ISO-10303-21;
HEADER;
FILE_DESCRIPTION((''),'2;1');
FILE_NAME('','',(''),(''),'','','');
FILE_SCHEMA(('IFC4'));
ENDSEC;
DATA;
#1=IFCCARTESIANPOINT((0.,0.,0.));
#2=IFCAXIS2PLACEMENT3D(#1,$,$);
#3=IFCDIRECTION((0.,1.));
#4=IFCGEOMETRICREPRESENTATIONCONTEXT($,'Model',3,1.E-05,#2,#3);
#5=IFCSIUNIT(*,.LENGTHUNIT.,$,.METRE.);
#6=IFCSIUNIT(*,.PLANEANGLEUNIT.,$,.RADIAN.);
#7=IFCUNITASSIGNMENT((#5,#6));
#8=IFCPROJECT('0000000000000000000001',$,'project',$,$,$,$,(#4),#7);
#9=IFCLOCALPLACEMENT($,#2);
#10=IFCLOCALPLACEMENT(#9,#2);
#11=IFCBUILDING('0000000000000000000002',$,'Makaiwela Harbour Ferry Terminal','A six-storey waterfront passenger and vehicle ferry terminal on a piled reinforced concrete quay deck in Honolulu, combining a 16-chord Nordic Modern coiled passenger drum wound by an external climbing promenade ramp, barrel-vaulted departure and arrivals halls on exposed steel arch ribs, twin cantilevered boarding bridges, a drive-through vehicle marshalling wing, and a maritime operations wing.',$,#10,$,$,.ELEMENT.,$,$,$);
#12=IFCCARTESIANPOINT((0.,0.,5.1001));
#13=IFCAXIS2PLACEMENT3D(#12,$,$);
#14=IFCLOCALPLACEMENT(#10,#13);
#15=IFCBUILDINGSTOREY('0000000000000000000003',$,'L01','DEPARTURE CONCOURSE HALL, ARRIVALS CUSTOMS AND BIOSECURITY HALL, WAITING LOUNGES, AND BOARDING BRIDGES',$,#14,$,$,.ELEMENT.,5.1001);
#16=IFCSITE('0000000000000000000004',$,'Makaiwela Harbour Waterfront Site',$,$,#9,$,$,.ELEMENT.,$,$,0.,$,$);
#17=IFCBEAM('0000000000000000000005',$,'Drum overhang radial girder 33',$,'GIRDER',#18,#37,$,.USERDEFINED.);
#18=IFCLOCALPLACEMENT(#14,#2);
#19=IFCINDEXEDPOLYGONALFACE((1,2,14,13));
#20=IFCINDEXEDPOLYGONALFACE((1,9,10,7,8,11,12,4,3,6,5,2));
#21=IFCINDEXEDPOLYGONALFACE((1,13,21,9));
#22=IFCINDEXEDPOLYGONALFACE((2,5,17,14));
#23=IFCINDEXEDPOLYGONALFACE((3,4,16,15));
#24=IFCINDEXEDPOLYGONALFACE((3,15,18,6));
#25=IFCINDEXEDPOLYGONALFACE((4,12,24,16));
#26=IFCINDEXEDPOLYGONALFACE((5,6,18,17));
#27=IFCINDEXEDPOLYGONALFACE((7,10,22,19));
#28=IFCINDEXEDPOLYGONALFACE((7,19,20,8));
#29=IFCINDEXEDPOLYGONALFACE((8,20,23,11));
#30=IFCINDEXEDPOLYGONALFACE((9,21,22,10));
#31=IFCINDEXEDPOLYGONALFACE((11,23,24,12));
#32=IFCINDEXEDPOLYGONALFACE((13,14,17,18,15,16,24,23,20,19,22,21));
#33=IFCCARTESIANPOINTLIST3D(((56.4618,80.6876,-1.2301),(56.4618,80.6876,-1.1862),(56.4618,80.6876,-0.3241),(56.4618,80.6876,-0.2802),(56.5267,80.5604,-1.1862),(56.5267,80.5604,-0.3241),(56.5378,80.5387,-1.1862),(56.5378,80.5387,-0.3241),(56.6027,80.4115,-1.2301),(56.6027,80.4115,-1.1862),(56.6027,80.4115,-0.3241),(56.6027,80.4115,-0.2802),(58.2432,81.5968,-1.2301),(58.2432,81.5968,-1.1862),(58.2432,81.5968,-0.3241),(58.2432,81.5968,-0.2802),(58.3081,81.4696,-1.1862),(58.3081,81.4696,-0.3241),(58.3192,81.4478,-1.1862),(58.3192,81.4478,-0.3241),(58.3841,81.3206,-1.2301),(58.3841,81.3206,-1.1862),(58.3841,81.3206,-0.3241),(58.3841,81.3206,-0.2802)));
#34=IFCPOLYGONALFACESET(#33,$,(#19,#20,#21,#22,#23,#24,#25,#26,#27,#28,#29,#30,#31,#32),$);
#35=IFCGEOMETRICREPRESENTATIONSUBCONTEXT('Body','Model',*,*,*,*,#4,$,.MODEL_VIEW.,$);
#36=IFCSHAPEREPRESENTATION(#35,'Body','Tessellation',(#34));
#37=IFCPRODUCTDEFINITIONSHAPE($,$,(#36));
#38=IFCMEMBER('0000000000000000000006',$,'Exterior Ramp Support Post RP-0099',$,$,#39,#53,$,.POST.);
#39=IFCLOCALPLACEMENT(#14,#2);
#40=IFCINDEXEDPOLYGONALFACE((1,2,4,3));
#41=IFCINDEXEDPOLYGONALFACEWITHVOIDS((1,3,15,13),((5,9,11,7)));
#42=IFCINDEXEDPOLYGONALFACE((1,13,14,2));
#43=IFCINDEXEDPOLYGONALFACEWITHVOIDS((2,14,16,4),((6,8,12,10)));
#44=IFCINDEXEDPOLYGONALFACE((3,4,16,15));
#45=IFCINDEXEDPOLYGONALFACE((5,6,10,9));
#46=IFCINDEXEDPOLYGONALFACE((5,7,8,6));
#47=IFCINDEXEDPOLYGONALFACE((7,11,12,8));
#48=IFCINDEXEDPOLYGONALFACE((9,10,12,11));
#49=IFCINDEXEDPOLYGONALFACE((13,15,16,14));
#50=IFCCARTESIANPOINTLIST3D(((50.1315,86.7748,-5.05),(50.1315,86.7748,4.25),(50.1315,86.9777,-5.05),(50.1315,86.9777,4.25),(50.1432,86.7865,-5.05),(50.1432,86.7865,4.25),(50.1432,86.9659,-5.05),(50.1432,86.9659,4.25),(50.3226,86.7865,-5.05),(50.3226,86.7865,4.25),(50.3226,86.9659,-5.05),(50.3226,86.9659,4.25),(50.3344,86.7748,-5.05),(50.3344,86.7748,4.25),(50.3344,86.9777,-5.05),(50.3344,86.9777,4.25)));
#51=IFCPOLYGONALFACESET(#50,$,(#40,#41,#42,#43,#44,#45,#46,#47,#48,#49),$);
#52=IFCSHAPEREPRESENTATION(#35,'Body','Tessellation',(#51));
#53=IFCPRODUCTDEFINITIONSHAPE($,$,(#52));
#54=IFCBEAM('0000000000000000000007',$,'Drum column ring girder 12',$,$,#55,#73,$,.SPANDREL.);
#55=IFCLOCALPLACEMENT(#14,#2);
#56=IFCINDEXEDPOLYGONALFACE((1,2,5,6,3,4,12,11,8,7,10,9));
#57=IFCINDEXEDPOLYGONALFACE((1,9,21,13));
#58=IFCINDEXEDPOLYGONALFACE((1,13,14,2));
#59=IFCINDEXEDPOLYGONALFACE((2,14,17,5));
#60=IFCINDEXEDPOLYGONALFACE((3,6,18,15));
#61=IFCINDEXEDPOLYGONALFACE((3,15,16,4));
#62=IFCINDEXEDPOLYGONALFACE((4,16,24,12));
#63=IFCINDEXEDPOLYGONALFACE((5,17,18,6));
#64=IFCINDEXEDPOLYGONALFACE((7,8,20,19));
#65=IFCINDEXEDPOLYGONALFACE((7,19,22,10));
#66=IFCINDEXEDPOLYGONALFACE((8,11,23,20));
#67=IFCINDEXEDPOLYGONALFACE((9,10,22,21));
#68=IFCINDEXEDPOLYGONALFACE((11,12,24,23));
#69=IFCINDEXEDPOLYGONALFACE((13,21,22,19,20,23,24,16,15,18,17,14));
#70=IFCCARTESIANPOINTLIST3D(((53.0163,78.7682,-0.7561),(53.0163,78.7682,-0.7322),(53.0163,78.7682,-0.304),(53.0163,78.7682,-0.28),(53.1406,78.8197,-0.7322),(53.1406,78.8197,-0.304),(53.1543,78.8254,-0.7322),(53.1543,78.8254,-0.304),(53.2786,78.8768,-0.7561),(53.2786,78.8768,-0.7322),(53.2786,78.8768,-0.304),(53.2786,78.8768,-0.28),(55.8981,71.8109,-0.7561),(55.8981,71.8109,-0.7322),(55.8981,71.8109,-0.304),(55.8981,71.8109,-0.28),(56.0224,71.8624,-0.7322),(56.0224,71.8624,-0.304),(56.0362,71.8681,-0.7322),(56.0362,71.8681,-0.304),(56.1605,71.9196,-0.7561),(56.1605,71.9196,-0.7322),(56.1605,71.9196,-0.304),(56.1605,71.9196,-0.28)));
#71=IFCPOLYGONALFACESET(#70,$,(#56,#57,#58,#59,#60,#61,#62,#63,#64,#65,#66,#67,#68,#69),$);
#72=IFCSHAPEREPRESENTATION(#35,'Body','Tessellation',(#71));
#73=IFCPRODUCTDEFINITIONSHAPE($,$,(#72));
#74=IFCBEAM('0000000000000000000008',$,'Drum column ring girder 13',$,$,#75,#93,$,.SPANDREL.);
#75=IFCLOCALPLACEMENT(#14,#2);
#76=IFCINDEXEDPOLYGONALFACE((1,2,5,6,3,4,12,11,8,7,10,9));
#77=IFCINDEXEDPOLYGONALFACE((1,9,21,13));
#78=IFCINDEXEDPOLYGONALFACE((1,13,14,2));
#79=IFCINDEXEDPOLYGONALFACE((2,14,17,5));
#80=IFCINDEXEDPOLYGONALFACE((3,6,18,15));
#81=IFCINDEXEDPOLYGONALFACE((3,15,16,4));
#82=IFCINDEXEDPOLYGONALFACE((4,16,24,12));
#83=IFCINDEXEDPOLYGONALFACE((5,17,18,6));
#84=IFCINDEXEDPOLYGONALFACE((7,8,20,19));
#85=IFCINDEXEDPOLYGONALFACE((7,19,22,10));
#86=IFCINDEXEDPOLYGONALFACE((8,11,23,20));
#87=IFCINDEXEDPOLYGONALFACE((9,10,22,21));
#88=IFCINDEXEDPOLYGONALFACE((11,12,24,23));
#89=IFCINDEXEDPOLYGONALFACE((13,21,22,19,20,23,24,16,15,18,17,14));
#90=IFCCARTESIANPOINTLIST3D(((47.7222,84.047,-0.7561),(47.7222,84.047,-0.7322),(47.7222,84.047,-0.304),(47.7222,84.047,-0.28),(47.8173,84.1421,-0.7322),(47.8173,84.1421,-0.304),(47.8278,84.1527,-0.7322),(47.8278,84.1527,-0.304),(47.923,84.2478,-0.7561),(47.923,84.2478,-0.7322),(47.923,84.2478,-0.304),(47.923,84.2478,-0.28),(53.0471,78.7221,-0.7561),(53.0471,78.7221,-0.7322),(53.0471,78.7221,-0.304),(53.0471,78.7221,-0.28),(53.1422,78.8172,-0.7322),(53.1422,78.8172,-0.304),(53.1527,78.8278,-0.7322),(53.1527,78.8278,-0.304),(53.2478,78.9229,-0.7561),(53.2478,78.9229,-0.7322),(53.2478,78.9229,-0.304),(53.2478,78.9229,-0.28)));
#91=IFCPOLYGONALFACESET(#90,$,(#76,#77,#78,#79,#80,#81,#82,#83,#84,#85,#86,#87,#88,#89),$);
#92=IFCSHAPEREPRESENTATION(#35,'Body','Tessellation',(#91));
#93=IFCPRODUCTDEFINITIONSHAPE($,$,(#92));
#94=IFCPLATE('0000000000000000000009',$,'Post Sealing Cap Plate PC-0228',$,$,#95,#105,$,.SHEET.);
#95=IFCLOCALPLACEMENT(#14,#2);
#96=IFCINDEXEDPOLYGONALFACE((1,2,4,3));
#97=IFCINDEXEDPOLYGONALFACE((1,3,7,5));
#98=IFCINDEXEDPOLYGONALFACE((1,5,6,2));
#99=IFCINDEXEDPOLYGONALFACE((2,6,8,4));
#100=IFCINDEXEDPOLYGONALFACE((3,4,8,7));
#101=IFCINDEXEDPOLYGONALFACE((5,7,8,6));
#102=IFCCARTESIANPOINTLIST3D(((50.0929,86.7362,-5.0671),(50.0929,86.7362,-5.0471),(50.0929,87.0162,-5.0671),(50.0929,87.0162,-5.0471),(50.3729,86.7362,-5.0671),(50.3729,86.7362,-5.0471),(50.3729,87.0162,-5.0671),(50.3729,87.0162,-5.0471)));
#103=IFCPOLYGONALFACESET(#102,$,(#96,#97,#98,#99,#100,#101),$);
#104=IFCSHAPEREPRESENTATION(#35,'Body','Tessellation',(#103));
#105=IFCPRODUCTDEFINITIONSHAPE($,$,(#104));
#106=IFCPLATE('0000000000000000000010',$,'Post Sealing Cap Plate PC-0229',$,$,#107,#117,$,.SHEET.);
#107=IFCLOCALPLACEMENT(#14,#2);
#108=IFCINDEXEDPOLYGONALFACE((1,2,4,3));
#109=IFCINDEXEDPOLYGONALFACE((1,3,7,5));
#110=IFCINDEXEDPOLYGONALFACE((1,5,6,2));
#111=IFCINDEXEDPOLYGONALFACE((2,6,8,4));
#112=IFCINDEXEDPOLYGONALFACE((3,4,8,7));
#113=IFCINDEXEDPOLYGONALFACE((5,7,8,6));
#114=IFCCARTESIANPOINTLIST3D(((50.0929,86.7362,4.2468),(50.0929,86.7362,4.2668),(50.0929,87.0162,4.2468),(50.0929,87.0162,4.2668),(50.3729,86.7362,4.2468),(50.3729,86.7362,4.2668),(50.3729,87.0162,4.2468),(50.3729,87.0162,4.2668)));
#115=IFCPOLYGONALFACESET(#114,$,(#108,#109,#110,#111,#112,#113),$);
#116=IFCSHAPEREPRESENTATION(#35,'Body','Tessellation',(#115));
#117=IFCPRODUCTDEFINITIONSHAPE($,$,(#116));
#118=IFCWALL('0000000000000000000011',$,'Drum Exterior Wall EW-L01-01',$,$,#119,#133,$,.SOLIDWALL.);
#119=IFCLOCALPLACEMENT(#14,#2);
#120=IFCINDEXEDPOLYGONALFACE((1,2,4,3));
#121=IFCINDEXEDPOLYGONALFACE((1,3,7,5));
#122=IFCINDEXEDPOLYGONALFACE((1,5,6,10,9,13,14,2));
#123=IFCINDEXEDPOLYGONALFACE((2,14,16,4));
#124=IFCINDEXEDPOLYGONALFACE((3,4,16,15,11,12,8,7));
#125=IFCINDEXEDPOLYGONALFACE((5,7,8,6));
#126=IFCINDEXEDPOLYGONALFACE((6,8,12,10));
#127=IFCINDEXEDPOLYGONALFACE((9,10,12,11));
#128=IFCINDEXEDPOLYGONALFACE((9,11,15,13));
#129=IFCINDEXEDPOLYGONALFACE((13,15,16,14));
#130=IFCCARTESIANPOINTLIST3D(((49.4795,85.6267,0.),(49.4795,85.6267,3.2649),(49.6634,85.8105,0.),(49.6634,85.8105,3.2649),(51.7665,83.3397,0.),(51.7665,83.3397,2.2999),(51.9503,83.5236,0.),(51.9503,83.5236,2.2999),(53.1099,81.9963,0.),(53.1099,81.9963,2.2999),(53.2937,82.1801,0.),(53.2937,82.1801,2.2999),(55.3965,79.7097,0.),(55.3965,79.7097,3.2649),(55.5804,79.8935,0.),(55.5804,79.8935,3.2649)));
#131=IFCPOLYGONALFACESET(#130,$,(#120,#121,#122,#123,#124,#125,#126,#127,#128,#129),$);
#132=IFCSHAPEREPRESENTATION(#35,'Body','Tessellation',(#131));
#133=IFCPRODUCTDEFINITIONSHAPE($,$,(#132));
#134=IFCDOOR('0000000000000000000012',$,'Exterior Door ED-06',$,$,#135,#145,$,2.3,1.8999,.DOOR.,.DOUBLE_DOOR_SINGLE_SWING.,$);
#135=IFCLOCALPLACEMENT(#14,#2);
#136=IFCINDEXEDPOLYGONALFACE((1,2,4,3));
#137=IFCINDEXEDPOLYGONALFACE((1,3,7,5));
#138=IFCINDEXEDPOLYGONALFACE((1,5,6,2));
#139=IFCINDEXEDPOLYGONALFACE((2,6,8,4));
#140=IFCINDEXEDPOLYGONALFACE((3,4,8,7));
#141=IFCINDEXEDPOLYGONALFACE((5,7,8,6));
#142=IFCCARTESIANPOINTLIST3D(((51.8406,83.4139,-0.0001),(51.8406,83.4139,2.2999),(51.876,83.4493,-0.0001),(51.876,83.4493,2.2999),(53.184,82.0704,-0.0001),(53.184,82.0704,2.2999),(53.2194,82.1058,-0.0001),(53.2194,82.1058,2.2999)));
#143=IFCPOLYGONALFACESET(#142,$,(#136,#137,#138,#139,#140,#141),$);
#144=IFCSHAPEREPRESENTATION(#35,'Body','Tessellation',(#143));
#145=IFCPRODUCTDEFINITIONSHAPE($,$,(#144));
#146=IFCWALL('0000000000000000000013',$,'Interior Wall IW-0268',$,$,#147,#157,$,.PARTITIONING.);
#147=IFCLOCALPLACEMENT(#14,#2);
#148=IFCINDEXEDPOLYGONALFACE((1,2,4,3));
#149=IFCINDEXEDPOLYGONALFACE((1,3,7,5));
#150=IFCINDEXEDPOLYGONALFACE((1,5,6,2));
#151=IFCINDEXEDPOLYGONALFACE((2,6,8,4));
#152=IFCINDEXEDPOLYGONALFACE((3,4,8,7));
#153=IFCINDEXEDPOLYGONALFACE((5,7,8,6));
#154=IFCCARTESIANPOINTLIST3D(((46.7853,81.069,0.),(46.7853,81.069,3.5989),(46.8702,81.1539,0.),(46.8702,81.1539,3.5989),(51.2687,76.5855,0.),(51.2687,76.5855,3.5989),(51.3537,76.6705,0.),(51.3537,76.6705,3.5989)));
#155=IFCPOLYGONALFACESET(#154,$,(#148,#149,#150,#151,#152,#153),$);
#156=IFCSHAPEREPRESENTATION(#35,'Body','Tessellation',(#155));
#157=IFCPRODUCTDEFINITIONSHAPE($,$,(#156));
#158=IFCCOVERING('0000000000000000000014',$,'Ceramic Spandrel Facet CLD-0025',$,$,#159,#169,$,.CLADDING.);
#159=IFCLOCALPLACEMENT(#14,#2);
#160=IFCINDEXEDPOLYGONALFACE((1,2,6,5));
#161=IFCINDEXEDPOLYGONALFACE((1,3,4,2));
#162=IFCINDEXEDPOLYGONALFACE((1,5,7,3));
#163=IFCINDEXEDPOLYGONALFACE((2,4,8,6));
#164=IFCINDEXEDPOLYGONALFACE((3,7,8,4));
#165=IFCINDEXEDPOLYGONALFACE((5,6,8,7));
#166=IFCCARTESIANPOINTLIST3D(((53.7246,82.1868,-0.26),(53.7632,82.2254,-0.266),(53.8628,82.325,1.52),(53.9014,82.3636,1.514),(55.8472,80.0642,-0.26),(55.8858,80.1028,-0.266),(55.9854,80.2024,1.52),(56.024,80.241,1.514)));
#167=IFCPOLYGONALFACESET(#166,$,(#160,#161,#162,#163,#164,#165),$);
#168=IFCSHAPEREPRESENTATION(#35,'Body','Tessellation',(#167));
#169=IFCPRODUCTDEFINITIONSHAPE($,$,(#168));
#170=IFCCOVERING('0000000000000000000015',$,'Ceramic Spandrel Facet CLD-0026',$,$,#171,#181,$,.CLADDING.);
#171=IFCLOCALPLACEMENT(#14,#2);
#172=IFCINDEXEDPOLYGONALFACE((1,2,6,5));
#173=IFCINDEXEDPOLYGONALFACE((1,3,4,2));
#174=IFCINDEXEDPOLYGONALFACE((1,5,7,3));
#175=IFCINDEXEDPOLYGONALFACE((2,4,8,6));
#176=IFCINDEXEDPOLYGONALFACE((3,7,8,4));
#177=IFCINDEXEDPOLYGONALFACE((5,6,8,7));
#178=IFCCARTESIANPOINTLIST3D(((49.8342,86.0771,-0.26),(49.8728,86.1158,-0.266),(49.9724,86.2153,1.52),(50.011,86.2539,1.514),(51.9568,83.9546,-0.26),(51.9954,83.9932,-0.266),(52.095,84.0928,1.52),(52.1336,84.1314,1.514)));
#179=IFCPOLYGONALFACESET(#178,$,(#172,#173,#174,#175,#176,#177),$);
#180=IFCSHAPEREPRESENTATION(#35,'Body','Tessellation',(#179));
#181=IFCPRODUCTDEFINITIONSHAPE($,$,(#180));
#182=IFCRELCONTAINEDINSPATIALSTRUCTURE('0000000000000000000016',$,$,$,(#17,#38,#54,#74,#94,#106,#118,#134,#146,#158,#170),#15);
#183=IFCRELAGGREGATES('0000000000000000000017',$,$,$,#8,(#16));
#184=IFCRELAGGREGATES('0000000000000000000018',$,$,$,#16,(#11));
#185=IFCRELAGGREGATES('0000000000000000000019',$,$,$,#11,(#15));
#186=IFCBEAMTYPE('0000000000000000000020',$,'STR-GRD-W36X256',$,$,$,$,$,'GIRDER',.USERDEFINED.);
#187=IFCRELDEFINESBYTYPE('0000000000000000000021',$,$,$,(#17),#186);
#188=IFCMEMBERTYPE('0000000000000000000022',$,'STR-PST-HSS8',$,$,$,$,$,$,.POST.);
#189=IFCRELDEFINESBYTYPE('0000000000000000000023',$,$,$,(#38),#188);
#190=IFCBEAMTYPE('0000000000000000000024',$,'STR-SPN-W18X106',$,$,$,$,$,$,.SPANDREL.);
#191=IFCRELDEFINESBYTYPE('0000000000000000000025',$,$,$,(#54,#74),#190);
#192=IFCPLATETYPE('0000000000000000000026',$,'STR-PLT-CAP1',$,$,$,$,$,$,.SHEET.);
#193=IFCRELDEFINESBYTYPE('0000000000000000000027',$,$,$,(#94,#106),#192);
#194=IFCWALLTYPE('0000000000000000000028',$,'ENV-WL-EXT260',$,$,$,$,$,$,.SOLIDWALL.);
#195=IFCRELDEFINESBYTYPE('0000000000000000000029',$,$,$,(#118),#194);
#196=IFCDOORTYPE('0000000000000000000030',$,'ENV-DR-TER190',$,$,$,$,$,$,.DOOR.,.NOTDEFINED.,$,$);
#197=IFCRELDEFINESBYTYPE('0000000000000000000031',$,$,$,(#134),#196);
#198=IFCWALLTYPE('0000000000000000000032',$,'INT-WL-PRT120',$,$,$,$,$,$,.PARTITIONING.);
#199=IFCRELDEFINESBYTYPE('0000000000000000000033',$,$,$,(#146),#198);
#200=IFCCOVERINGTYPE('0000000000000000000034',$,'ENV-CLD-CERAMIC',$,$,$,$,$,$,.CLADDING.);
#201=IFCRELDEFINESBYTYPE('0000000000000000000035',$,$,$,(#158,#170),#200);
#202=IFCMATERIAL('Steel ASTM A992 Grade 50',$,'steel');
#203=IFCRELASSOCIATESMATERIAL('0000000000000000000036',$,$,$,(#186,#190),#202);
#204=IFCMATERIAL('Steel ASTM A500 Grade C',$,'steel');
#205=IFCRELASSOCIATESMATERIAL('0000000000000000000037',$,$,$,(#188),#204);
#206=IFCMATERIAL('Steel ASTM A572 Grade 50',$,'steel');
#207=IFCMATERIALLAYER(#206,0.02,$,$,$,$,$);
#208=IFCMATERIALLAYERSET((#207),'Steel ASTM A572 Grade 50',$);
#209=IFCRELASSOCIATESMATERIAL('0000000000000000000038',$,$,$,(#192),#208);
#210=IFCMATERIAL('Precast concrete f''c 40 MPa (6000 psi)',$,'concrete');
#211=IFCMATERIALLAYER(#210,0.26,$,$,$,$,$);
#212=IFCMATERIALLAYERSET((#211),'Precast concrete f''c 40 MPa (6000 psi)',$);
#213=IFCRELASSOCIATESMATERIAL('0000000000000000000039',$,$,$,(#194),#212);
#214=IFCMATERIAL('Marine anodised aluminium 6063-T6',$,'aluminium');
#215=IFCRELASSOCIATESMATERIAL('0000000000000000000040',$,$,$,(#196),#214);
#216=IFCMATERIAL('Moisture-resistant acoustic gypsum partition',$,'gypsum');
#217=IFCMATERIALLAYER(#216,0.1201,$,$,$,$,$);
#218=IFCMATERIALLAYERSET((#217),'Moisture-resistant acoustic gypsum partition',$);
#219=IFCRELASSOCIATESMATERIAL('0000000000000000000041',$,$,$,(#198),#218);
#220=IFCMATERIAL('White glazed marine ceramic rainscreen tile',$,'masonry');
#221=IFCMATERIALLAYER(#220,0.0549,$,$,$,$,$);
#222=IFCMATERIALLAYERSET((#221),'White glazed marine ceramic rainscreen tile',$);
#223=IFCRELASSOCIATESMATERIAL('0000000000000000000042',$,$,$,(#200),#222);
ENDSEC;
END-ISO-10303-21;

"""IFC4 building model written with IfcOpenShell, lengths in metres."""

from ifc_helpers import new_model, si_unit, direction, frame, frame_2d, origin, origin_2d, place, context, subcontext, project, spatial, polyline, rectangle, hollow_rectangle, i_section, outline, extrude, material, layer, layer_set, material_profile, profile_set, type_object, element, fill, save


model = new_model("IFC4")

# Units and contexts
model_context = context("Model", 3, precision=1e-05, world=origin(), true_north=direction((0.0, 1.0)))
body_context = subcontext(model_context, "Body", "Model", "MODEL_VIEW")
ifc_project = project(units=[si_unit("LENGTHUNIT", "METRE"), si_unit("PLANEANGLEUNIT", "RADIAN")], contexts=[model_context])

# Site, building, storey
site_placement = place(None, origin())
site = spatial("IfcSite", under=ifc_project, at=site_placement, Name="Makaiwela Harbour Waterfront Site", CompositionType="ELEMENT", RefElevation=0.0)
building_placement = place(site_placement, origin())
building = spatial("IfcBuilding", under=site, at=building_placement, Name="Makaiwela Harbour Ferry Terminal", Description="A six-storey waterfront passenger and vehicle ferry terminal on a piled reinforced concrete quay deck in Honolulu, combining a 16-chord Nordic Modern coiled passenger drum wound by an external climbing promenade ramp, barrel-vaulted departure and arrivals halls on exposed steel arch ribs, twin cantilevered boarding bridges, a drive-through vehicle marshalling wing, and a maritime operations wing.", CompositionType="ELEMENT")
storey_placement = place(building_placement, frame((0.0, 0.0, 5.1001)))
storey = spatial("IfcBuildingStorey", under=building, at=storey_placement, Name="L01", Description="DEPARTURE CONCOURSE HALL, ARRIVALS CUSTOMS AND BIOSECURITY HALL, WAITING LOUNGES, AND BOARDING BRIDGES", CompositionType="ELEMENT", Elevation=5.1001)

# Shared definitions
ifc_material_1 = material(Name="Steel ASTM A992 Grade 50", Category="steel")

# Beam
ifc_material_profile_1 = material_profile(ifc_material_1, i_section(OverallWidth=0.3101, OverallDepth=0.95, WebThickness=0.0244, FlangeThickness=0.0439, at=origin_2d()), Name="W36X256")
ifc_profile_set_1 = profile_set([ifc_material_profile_1], Name="Steel ASTM A992 Grade 50")
beam_type_1 = type_object("IfcBeamType", Name="STR-GRD-W36X256", ElementType="GIRDER", PredefinedType="USERDEFINED", material=ifc_profile_set_1)
beam_1_placement = place(storey_placement, frame((56.5322, 80.5496, -0.7551), z_axis=(0.89071, 0.454571, 0.0), x_axis=(-0.454571, 0.89071, 0.0)))
element("IfcBeam", 1, at=beam_1_placement, inside=storey, type_object=beam_type_1, Name="Drum overhang radial girder 33", ObjectType="GIRDER", PredefinedType="USERDEFINED", context=body_context, shape_type="SweptSolid", body=[
    extrude(i_section(OverallWidth=0.3101, OverallDepth=0.95, WebThickness=0.0244, FlangeThickness=0.0439, at=origin_2d()), origin(), (0.0, 0.0, 1.0), 2.0),
])

# Member
ifc_material_2 = material(Name="Steel ASTM A500 Grade C", Category="steel")
ifc_material_profile_2 = material_profile(ifc_material_2, hollow_rectangle(XDim=0.2029, YDim=0.2029, WallThickness=0.0117, at=origin_2d()), Name="HSS8X8X1/2")
ifc_profile_set_2 = profile_set([ifc_material_profile_2], Name="Steel ASTM A500 Grade C")
member_type = type_object("IfcMemberType", Name="STR-PST-HSS8", PredefinedType="POST", material=ifc_profile_set_2)
member_placement = place(storey_placement, frame((50.2329, 86.8762, -5.05), z_axis=(0.0, 0.0, 1.0), x_axis=(1.0, 0.0, 0.0)))
element("IfcMember", 2, at=member_placement, inside=storey, type_object=member_type, Name="Exterior Ramp Support Post RP-0099", PredefinedType="POST", context=body_context, shape_type="SweptSolid", body=[
    extrude(hollow_rectangle(XDim=0.2029, YDim=0.2029, WallThickness=0.0117, at=origin_2d()), origin(), (0.0, 0.0, 1.0), 9.3),
])

# Beams
ifc_material_profile_3 = material_profile(ifc_material_1, i_section(OverallWidth=0.2839, OverallDepth=0.4761, WebThickness=0.0149, FlangeThickness=0.0239, at=origin_2d()), Name="W18X106")
ifc_profile_set_3 = profile_set([ifc_material_profile_3], Name="Steel ASTM A992 Grade 50")
beam_type_2 = type_object("IfcBeamType", Name="STR-SPN-W18X106", PredefinedType="SPANDREL", material=ifc_profile_set_3)
for number, where, z_axis, x_axis, name in (
    (3, (56.0293, 71.8652, -0.5181), (-0.382688, 0.923878, 0.0), (-0.923878, -0.382688, 0.0), "Drum column ring girder 12"),
    (4, (53.1475, 78.8225, -0.5181), (-0.707107, 0.707107, 0.0), (-0.707107, -0.707107, 0.0), "Drum column ring girder 13"),
):
    element("IfcBeam", number, at=place(storey_placement, frame(where, z_axis=z_axis, x_axis=x_axis)), inside=storey, type_object=beam_type_2, Name=name, PredefinedType="SPANDREL", context=body_context, shape_type="SweptSolid", body=[
        extrude(i_section(OverallWidth=0.2839, OverallDepth=0.4761, WebThickness=0.0149, FlangeThickness=0.0239, at=origin_2d()), origin(), (0.0, 0.0, 1.0), 7.5305),
    ])

# Plates
ifc_material_3 = material(Name="Steel ASTM A572 Grade 50", Category="steel")
ifc_layer_1 = layer(ifc_material_3, 0.02)
ifc_layer_set_1 = layer_set([ifc_layer_1], Name="Steel ASTM A572 Grade 50")
plate_type = type_object("IfcPlateType", Name="STR-PLT-CAP1", PredefinedType="SHEET", material=ifc_layer_set_1)
for number, where, z_axis, x_axis, name in (
    (5, (50.2329, 86.8762, -5.0671), (0.0, 0.0, 1.0), (1.0, 0.0, 0.0), "Post Sealing Cap Plate PC-0228"),
    (6, (50.2329, 86.8762, 4.2468), (0.0, 0.0, 1.0), (1.0, 0.0, 0.0), "Post Sealing Cap Plate PC-0229"),
):
    element("IfcPlate", number, at=place(storey_placement, frame(where, z_axis=z_axis, x_axis=x_axis)), inside=storey, type_object=plate_type, Name=name, PredefinedType="SHEET", context=body_context, shape_type="SweptSolid", body=[
        extrude(rectangle(XDim=0.28, YDim=0.28, at=origin_2d()), origin(), (0.0, 0.0, 1.0), 0.02),
    ])

# Wall, opening, door
ifc_material_4 = material(Name="Precast concrete f'c 40 MPa (6000 psi)", Category="concrete")
ifc_layer_2 = layer(ifc_material_4, 0.26)
ifc_layer_set_2 = layer_set([ifc_layer_2], Name="Precast concrete f'c 40 MPa (6000 psi)")
wall_type_1 = type_object("IfcWallType", Name="ENV-WL-EXT260", PredefinedType="SOLIDWALL", material=ifc_layer_set_2)
wall_1_placement = place(storey_placement, frame((55.4885, 79.8015, 0.0), z_axis=(0.0, 0.0, 1.0), x_axis=(-0.707107, 0.707107, 0.0)))
wall_1 = element("IfcWall", 7, at=wall_1_placement, inside=storey, type_object=wall_type_1, Name="Drum Exterior Wall EW-L01-01", PredefinedType="SOLIDWALL", context=body_context, shape_type="SweptSolid", body=[
    extrude(rectangle(XDim=8.3679, YDim=0.26, at=frame_2d((4.1841, 0.0))), origin(), (0.0, 0.0, 1.0), 3.2649),
])
opening_placement = place(wall_1_placement, frame((3.2339, 0.0, 0.0)))
opening = element("IfcOpeningElement", 8, at=opening_placement, cuts=wall_1, PredefinedType="OPENING", context=body_context, shape_type="SweptSolid", body=[
    extrude(rectangle(XDim=1.8999, YDim=2.3, at=frame_2d((0.95, 1.1499))), frame((0.0, 0.1399, 0.0), z_axis=(0.0, -1.0, 0.0), x_axis=(1.0, 0.0, 0.0)), (0.0, 0.0, 1.0), 0.28),
])
ifc_material_5 = material(Name="Marine anodised aluminium 6063-T6", Category="aluminium")
door_type = type_object("IfcDoorType", Name="ENV-DR-TER190", OperationType="NOTDEFINED", PredefinedType="DOOR", material=ifc_material_5)
door_placement = place(opening_placement, frame((1.8999, 0.0, 0.0), z_axis=(0.0, 0.0, 1.0), x_axis=(-1.0, 0.0, 0.0)))
door = element("IfcDoor", 9, at=door_placement, inside=storey, type_object=door_type, Name="Exterior Door ED-06", OperationType="DOUBLE_DOOR_SINGLE_SWING", OverallHeight=2.3, OverallWidth=1.8999, PredefinedType="DOOR", context=body_context, shape_type="SweptSolid", body=[
    extrude(rectangle(XDim=1.8999, YDim=2.3, at=frame_2d((0.95, 1.1499))), frame((0.0, 0.0249, 0.0), z_axis=(0.0, -1.0, 0.0), x_axis=(1.0, 0.0, 0.0)), (0.0, 0.0, 1.0), 0.05),
])
fill(opening, door)

# Wall
ifc_material_6 = material(Name="Moisture-resistant acoustic gypsum partition", Category="gypsum")
ifc_layer_3 = layer(ifc_material_6, 0.1201)
ifc_layer_set_3 = layer_set([ifc_layer_3], Name="Moisture-resistant acoustic gypsum partition")
wall_type_2 = type_object("IfcWallType", Name="INT-WL-PRT120", PredefinedType="PARTITIONING", material=ifc_layer_set_3)
wall_2_placement = place(storey_placement, frame((51.3113, 76.6279, 0.0), z_axis=(0.0, 0.0, 1.0), x_axis=(-0.707107, 0.707107, 0.0)))
element("IfcWall", 10, at=wall_2_placement, inside=storey, type_object=wall_type_2, Name="Interior Wall IW-0268", PredefinedType="PARTITIONING", context=body_context, shape_type="SweptSolid", body=[
    extrude(rectangle(XDim=6.3406, YDim=0.1201, at=frame_2d((3.1704, 0.0))), origin(), (0.0, 0.0, 1.0), 3.5989),
])

# Coverings
ifc_material_7 = material(Name="White glazed marine ceramic rainscreen tile", Category="masonry")
ifc_layer_4 = layer(ifc_material_7, 0.0549)
ifc_layer_set_4 = layer_set([ifc_layer_4], Name="White glazed marine ceramic rainscreen tile")
covering_type = type_object("IfcCoveringType", Name="ENV-CLD-CERAMIC", PredefinedType="CLADDING", material=ifc_layer_set_4)
for number, where, z_axis, x_axis, name in (
    (11, (55.8472, 80.0642, -0.26), (-0.702884, -0.702884, 0.10913), (-0.707107, 0.707107, 0.0), "Ceramic Spandrel Facet CLD-0025"),
    (12, (51.9568, 83.9546, -0.26), (-0.702884, -0.702884, 0.10913), (-0.707107, 0.707107, 0.0), "Ceramic Spandrel Facet CLD-0026"),
):
    element("IfcCovering", number, at=place(storey_placement, frame(where, z_axis=z_axis, x_axis=x_axis)), inside=storey, type_object=covering_type, Name=name, PredefinedType="CLADDING", context=body_context, shape_type="SweptSolid", body=[
        extrude(outline(polyline([(0.0, 0.0), (3.0018, 0.0), (3.0018, -1.7907), (0.0, -1.7907), (0.0, 0.0)])), origin(), (0.0, 0.0, -1.0), 0.0549),
    ])

save(model, "model.ifc")
